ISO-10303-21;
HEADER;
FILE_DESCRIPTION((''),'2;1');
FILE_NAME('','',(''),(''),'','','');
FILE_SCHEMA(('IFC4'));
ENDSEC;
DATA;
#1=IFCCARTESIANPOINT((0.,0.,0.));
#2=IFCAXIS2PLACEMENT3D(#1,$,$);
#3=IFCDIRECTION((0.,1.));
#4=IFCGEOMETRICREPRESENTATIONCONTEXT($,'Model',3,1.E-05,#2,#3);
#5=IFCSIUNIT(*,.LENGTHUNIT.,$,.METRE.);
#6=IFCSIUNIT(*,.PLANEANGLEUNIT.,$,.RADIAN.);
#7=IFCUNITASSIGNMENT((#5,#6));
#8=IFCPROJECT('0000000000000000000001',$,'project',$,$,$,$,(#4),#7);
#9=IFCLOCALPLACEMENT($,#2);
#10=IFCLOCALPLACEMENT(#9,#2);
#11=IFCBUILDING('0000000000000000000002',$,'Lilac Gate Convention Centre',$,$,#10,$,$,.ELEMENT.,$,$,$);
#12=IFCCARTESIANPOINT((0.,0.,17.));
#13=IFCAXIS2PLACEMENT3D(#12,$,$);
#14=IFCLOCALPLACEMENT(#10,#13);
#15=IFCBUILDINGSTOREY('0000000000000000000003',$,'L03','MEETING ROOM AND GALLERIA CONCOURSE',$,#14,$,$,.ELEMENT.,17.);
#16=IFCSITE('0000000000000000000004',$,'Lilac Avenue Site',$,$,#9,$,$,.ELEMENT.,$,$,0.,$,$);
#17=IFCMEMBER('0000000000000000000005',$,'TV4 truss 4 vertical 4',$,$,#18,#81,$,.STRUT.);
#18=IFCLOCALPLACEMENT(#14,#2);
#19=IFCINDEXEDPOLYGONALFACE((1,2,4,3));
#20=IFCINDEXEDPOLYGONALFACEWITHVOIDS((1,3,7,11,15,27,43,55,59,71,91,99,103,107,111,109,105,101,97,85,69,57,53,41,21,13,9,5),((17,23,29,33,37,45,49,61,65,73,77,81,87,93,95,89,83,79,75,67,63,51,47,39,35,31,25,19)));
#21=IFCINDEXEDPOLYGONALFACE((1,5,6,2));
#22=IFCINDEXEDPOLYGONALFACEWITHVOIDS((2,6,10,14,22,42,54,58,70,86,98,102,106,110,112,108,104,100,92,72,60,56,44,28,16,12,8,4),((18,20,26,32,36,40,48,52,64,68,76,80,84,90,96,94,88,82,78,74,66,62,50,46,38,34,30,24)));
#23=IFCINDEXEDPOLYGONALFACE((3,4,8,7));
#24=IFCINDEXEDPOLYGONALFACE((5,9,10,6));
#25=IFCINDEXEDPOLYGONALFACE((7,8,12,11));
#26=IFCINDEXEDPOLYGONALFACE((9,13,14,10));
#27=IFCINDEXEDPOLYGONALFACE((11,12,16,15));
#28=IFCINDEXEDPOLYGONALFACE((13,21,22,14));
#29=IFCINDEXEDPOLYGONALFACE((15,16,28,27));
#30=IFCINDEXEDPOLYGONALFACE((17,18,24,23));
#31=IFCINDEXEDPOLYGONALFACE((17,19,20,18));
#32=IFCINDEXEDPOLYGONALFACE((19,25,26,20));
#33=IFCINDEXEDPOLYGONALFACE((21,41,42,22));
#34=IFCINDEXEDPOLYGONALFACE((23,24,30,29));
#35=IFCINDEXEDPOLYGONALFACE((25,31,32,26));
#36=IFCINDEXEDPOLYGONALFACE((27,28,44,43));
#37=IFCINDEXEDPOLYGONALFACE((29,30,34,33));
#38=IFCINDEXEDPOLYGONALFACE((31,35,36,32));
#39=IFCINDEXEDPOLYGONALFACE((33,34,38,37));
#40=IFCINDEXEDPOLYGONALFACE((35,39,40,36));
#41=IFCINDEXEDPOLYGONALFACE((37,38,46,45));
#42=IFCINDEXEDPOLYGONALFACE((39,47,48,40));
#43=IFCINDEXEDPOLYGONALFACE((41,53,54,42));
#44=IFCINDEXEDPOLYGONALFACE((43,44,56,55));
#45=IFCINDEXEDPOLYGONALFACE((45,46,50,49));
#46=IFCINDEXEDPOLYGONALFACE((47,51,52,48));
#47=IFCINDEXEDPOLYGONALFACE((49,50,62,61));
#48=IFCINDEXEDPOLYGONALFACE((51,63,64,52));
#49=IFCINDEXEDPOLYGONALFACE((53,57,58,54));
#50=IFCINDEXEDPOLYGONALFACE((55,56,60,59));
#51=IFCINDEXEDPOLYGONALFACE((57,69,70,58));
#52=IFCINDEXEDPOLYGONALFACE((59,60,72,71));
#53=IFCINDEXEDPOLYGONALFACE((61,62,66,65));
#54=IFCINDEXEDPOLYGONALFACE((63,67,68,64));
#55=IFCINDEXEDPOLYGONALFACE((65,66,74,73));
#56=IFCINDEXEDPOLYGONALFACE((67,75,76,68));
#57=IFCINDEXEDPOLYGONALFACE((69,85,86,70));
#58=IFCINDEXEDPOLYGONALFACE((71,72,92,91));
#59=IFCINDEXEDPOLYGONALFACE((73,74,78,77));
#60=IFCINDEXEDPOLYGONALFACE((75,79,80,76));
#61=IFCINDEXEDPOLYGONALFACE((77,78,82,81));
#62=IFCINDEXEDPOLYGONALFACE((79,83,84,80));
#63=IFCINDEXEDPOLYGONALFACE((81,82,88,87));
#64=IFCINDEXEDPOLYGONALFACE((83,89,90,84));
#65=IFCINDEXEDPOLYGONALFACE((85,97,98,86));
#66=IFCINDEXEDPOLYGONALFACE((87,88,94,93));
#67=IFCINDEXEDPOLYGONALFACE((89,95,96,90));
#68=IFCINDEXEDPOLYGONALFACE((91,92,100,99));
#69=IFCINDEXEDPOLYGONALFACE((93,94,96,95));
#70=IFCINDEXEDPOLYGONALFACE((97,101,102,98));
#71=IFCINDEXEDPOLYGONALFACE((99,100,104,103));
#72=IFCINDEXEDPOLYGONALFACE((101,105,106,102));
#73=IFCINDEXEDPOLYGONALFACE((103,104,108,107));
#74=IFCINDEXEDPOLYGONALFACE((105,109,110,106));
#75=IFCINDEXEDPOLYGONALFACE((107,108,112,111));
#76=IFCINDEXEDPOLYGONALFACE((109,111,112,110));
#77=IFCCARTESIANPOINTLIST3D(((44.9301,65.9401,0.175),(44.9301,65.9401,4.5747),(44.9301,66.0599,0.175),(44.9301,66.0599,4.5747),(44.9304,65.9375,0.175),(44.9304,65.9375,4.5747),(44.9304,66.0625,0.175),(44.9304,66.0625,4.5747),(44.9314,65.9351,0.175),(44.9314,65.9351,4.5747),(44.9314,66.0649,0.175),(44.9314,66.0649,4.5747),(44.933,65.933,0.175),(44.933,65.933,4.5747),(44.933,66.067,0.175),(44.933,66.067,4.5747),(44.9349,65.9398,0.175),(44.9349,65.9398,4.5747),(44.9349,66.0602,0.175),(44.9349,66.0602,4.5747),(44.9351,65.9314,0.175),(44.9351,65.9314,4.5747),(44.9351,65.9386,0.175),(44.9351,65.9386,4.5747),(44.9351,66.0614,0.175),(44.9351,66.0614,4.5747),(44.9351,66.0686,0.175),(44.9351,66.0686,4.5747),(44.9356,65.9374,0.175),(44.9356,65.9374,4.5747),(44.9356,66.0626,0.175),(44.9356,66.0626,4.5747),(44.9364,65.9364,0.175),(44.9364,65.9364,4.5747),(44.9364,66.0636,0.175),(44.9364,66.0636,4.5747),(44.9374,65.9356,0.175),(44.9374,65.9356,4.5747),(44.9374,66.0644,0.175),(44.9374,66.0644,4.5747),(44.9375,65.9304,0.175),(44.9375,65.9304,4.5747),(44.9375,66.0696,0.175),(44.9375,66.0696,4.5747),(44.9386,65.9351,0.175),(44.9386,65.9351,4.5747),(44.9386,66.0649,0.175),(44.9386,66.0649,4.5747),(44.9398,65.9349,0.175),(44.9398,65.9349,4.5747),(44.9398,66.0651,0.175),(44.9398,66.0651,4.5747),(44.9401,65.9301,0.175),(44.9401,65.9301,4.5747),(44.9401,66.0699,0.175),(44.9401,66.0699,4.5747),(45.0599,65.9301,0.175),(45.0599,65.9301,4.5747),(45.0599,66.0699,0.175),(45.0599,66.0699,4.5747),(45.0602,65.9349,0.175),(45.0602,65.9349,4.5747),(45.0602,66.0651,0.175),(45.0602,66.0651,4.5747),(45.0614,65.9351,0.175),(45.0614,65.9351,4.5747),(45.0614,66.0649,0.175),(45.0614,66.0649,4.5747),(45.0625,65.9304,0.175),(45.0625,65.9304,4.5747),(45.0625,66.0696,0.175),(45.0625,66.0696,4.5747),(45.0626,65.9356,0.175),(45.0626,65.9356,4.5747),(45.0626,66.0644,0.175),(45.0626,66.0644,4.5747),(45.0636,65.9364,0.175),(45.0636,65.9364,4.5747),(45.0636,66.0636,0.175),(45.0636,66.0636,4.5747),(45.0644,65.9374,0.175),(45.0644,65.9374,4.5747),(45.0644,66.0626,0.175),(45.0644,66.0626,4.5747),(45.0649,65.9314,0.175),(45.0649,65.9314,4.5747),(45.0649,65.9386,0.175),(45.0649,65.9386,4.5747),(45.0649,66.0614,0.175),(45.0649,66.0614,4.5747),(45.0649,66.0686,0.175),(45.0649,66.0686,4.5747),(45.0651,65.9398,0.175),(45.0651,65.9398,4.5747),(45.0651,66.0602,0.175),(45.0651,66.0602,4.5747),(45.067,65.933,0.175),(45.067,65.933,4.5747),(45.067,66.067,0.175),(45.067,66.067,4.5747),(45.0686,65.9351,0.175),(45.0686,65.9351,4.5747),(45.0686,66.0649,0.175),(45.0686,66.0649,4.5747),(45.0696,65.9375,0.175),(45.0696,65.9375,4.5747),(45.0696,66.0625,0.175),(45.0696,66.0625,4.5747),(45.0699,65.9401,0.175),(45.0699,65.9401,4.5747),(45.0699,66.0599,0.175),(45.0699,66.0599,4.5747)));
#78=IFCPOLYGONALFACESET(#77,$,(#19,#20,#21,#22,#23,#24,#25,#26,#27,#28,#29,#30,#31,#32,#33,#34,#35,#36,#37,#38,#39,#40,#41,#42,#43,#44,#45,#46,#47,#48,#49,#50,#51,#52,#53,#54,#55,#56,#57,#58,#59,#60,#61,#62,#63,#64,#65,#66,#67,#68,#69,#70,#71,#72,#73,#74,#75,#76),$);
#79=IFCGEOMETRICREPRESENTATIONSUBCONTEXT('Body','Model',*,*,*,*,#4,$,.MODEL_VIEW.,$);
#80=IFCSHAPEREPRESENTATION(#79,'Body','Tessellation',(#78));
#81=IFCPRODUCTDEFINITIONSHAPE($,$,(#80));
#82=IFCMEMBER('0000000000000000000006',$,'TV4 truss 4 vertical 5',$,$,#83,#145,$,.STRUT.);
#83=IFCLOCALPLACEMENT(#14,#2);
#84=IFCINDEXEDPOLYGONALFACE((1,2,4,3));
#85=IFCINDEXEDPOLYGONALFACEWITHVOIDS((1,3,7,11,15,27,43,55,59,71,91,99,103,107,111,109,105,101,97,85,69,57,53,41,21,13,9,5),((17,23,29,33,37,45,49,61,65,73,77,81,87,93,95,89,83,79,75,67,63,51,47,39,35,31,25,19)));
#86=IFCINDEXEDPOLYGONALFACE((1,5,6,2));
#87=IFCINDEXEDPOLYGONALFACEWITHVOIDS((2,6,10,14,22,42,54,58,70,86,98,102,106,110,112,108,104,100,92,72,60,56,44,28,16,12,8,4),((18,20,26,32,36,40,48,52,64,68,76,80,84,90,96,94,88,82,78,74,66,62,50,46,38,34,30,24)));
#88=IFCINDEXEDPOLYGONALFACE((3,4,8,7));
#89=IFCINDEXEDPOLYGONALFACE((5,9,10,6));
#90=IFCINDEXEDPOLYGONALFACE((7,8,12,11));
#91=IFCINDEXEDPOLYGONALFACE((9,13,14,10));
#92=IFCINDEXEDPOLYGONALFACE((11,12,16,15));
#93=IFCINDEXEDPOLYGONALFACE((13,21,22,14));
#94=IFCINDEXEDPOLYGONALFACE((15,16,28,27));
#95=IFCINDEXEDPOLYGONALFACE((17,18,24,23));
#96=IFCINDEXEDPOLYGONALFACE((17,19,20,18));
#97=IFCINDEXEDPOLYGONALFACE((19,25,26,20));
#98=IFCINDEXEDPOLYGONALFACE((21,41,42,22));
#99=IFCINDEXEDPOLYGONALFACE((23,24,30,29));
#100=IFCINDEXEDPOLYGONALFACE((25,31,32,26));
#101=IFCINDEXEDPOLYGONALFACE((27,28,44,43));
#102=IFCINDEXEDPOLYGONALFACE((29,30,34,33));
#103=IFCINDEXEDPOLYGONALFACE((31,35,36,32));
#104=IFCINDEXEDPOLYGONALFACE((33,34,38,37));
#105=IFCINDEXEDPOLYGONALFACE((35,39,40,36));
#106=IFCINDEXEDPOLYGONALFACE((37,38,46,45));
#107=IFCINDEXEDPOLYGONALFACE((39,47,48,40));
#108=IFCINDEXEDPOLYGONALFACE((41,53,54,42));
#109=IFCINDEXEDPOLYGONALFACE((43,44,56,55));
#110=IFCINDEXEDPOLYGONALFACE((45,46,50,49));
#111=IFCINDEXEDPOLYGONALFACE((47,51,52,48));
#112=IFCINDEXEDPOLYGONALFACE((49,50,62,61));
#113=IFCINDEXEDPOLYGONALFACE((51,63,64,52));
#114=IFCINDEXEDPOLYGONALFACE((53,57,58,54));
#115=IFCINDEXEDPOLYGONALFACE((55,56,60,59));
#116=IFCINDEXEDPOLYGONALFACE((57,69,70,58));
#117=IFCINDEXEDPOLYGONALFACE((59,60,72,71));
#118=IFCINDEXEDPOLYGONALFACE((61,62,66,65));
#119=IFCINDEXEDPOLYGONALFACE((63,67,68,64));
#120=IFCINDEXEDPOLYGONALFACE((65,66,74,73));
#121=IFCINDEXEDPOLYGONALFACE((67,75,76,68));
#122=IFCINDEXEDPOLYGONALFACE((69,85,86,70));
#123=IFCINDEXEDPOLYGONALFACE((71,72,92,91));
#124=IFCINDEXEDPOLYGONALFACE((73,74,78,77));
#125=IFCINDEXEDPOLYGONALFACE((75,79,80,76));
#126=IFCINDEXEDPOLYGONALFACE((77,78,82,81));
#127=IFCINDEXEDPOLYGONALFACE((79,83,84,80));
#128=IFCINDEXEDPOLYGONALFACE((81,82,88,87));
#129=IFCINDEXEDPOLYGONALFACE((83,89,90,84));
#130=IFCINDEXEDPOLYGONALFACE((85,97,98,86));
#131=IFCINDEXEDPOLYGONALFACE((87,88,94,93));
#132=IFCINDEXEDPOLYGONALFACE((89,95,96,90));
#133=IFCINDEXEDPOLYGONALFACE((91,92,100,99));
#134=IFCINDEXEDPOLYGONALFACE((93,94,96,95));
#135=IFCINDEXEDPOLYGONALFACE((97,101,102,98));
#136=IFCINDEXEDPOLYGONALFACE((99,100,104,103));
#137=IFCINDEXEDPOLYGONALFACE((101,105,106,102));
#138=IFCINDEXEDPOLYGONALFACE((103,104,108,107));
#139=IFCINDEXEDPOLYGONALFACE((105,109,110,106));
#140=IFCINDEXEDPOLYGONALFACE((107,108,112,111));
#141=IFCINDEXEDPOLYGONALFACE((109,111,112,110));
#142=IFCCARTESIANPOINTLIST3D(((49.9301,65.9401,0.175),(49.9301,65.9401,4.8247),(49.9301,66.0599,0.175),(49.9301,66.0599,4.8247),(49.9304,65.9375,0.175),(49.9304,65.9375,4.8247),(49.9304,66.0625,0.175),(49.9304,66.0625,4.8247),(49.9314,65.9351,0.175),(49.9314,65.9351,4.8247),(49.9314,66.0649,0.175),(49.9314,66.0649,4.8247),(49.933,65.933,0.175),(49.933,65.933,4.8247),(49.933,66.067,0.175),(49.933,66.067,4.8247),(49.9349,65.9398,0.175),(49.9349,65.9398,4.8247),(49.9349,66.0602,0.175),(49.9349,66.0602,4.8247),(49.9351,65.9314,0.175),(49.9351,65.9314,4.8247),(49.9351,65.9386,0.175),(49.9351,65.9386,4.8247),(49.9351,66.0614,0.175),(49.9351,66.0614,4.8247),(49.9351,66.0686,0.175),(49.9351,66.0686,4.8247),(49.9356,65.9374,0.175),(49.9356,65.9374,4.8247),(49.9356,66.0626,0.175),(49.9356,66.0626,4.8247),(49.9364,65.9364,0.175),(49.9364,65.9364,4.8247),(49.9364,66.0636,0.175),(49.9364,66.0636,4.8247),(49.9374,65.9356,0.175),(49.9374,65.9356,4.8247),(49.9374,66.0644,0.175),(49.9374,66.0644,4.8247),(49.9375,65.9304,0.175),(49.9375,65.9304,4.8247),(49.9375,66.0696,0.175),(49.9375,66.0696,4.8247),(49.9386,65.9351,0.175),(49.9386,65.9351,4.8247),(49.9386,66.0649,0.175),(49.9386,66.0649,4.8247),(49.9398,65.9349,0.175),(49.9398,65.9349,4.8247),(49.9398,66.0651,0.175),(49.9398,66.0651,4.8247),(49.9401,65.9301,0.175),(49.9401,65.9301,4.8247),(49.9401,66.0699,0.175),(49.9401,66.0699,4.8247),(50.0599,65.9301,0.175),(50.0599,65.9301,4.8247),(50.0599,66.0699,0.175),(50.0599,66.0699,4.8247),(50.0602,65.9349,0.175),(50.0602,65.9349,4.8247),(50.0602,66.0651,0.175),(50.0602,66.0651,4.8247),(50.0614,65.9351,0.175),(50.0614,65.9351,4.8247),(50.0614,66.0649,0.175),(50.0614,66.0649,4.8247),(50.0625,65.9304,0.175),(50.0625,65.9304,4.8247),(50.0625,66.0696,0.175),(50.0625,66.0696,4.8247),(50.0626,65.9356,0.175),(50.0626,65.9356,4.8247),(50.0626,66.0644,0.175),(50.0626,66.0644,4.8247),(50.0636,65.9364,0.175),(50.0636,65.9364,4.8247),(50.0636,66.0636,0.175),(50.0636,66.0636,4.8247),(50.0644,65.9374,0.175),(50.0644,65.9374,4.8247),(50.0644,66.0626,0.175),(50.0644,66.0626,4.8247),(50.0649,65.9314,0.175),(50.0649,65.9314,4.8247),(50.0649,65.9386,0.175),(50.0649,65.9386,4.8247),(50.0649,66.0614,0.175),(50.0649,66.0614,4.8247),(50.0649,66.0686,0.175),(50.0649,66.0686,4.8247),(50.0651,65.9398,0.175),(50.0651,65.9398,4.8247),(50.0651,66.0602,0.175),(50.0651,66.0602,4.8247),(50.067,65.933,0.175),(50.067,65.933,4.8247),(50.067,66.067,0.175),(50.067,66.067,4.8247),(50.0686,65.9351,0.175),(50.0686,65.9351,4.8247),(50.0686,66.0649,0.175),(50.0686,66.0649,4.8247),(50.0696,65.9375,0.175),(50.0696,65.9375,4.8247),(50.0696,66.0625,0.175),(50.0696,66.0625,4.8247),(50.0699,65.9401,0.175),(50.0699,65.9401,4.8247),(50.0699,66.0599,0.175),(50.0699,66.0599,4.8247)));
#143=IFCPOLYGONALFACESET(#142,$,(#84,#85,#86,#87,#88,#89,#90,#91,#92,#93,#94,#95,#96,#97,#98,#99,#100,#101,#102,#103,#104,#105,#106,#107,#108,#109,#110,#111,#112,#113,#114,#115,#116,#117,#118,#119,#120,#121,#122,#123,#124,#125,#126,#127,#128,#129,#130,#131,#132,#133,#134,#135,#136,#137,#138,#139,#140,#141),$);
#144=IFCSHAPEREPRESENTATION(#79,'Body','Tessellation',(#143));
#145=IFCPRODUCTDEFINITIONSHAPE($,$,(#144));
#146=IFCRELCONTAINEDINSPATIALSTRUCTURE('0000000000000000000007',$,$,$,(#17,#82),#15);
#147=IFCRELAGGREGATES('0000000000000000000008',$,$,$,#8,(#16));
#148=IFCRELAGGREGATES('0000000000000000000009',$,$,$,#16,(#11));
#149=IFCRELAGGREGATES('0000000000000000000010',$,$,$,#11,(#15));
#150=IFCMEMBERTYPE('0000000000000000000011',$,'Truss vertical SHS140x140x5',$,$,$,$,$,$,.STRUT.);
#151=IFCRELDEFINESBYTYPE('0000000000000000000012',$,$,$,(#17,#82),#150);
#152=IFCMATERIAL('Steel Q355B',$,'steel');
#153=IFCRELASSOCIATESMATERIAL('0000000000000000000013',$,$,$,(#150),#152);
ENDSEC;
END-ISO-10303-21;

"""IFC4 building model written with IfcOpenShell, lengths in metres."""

from ifc_helpers import new_model, si_unit, direction, frame, origin, origin_2d, place, context, subcontext, project, spatial, hollow_rectangle, extrude, material, material_profile, profile_set, type_object, element, save


model = new_model("IFC4")

# Units and contexts
model_context = context("Model", 3, precision=1e-05, world=origin(), true_north=direction((0.0, 1.0)))
body_context = subcontext(model_context, "Body", "Model", "MODEL_VIEW")
ifc_project = project(units=[si_unit("LENGTHUNIT", "METRE"), si_unit("PLANEANGLEUNIT", "RADIAN")], contexts=[model_context])

# Site, building, storey
site_placement = place(None, origin())
site = spatial("IfcSite", under=ifc_project, at=site_placement, Name="Lilac Avenue Site", CompositionType="ELEMENT", RefElevation=0.0)
building_placement = place(site_placement, origin())
building = spatial("IfcBuilding", under=site, at=building_placement, Name="Lilac Gate Convention Centre", CompositionType="ELEMENT")
storey_placement = place(building_placement, frame((0.0, 0.0, 17.0)))
storey = spatial("IfcBuildingStorey", under=building, at=storey_placement, Name="L03", Description="MEETING ROOM AND GALLERIA CONCOURSE", CompositionType="ELEMENT", Elevation=17.0)

# Members
ifc_material = material(Name="Steel Q355B", Category="steel")
ifc_material_profile_1 = material_profile(ifc_material, hollow_rectangle(XDim=0.1399, YDim=0.1399, WallThickness=0.0049, InnerFilletRadius=0.0049, OuterFilletRadius=0.01, at=origin_2d()), Name="SHS140x140x5")
ifc_profile_set_1 = profile_set([ifc_material_profile_1], Name="Steel Q355B")
member_type_1 = type_object("IfcMemberType", Name="Truss vertical SHS140x140x5", PredefinedType="STRUT", material=ifc_profile_set_1)
member_1_placement = place(storey_placement, frame((45.0, 66.0, 0.175), z_axis=(0.0, 0.0, 1.0), x_axis=(1.0, 0.0, 0.0)))
element("IfcMember", 1, at=member_1_placement, inside=storey, type_object=member_type_1, Name="TV4 truss 4 vertical 4", PredefinedType="STRUT", context=body_context, shape_type="SweptSolid", body=[
    extrude(hollow_rectangle(XDim=0.1399, YDim=0.1399, WallThickness=0.0049, InnerFilletRadius=0.0049, OuterFilletRadius=0.01, at=origin_2d()), origin(), (0.0, 0.0, 1.0), 4.3997),
])
member_2_placement = place(storey_placement, frame((50.0, 66.0, 0.175), z_axis=(0.0, 0.0, 1.0), x_axis=(1.0, 0.0, 0.0)))
element("IfcMember", 2, at=member_2_placement, inside=storey, type_object=member_type_1, Name="TV4 truss 4 vertical 5", PredefinedType="STRUT", context=body_context, shape_type="SweptSolid", body=[
    extrude(hollow_rectangle(XDim=0.1399, YDim=0.1399, WallThickness=0.0049, InnerFilletRadius=0.0049, OuterFilletRadius=0.01, at=origin_2d()), origin(), (0.0, 0.0, 1.0), 4.6497),
])

save(model, "model.ifc")
